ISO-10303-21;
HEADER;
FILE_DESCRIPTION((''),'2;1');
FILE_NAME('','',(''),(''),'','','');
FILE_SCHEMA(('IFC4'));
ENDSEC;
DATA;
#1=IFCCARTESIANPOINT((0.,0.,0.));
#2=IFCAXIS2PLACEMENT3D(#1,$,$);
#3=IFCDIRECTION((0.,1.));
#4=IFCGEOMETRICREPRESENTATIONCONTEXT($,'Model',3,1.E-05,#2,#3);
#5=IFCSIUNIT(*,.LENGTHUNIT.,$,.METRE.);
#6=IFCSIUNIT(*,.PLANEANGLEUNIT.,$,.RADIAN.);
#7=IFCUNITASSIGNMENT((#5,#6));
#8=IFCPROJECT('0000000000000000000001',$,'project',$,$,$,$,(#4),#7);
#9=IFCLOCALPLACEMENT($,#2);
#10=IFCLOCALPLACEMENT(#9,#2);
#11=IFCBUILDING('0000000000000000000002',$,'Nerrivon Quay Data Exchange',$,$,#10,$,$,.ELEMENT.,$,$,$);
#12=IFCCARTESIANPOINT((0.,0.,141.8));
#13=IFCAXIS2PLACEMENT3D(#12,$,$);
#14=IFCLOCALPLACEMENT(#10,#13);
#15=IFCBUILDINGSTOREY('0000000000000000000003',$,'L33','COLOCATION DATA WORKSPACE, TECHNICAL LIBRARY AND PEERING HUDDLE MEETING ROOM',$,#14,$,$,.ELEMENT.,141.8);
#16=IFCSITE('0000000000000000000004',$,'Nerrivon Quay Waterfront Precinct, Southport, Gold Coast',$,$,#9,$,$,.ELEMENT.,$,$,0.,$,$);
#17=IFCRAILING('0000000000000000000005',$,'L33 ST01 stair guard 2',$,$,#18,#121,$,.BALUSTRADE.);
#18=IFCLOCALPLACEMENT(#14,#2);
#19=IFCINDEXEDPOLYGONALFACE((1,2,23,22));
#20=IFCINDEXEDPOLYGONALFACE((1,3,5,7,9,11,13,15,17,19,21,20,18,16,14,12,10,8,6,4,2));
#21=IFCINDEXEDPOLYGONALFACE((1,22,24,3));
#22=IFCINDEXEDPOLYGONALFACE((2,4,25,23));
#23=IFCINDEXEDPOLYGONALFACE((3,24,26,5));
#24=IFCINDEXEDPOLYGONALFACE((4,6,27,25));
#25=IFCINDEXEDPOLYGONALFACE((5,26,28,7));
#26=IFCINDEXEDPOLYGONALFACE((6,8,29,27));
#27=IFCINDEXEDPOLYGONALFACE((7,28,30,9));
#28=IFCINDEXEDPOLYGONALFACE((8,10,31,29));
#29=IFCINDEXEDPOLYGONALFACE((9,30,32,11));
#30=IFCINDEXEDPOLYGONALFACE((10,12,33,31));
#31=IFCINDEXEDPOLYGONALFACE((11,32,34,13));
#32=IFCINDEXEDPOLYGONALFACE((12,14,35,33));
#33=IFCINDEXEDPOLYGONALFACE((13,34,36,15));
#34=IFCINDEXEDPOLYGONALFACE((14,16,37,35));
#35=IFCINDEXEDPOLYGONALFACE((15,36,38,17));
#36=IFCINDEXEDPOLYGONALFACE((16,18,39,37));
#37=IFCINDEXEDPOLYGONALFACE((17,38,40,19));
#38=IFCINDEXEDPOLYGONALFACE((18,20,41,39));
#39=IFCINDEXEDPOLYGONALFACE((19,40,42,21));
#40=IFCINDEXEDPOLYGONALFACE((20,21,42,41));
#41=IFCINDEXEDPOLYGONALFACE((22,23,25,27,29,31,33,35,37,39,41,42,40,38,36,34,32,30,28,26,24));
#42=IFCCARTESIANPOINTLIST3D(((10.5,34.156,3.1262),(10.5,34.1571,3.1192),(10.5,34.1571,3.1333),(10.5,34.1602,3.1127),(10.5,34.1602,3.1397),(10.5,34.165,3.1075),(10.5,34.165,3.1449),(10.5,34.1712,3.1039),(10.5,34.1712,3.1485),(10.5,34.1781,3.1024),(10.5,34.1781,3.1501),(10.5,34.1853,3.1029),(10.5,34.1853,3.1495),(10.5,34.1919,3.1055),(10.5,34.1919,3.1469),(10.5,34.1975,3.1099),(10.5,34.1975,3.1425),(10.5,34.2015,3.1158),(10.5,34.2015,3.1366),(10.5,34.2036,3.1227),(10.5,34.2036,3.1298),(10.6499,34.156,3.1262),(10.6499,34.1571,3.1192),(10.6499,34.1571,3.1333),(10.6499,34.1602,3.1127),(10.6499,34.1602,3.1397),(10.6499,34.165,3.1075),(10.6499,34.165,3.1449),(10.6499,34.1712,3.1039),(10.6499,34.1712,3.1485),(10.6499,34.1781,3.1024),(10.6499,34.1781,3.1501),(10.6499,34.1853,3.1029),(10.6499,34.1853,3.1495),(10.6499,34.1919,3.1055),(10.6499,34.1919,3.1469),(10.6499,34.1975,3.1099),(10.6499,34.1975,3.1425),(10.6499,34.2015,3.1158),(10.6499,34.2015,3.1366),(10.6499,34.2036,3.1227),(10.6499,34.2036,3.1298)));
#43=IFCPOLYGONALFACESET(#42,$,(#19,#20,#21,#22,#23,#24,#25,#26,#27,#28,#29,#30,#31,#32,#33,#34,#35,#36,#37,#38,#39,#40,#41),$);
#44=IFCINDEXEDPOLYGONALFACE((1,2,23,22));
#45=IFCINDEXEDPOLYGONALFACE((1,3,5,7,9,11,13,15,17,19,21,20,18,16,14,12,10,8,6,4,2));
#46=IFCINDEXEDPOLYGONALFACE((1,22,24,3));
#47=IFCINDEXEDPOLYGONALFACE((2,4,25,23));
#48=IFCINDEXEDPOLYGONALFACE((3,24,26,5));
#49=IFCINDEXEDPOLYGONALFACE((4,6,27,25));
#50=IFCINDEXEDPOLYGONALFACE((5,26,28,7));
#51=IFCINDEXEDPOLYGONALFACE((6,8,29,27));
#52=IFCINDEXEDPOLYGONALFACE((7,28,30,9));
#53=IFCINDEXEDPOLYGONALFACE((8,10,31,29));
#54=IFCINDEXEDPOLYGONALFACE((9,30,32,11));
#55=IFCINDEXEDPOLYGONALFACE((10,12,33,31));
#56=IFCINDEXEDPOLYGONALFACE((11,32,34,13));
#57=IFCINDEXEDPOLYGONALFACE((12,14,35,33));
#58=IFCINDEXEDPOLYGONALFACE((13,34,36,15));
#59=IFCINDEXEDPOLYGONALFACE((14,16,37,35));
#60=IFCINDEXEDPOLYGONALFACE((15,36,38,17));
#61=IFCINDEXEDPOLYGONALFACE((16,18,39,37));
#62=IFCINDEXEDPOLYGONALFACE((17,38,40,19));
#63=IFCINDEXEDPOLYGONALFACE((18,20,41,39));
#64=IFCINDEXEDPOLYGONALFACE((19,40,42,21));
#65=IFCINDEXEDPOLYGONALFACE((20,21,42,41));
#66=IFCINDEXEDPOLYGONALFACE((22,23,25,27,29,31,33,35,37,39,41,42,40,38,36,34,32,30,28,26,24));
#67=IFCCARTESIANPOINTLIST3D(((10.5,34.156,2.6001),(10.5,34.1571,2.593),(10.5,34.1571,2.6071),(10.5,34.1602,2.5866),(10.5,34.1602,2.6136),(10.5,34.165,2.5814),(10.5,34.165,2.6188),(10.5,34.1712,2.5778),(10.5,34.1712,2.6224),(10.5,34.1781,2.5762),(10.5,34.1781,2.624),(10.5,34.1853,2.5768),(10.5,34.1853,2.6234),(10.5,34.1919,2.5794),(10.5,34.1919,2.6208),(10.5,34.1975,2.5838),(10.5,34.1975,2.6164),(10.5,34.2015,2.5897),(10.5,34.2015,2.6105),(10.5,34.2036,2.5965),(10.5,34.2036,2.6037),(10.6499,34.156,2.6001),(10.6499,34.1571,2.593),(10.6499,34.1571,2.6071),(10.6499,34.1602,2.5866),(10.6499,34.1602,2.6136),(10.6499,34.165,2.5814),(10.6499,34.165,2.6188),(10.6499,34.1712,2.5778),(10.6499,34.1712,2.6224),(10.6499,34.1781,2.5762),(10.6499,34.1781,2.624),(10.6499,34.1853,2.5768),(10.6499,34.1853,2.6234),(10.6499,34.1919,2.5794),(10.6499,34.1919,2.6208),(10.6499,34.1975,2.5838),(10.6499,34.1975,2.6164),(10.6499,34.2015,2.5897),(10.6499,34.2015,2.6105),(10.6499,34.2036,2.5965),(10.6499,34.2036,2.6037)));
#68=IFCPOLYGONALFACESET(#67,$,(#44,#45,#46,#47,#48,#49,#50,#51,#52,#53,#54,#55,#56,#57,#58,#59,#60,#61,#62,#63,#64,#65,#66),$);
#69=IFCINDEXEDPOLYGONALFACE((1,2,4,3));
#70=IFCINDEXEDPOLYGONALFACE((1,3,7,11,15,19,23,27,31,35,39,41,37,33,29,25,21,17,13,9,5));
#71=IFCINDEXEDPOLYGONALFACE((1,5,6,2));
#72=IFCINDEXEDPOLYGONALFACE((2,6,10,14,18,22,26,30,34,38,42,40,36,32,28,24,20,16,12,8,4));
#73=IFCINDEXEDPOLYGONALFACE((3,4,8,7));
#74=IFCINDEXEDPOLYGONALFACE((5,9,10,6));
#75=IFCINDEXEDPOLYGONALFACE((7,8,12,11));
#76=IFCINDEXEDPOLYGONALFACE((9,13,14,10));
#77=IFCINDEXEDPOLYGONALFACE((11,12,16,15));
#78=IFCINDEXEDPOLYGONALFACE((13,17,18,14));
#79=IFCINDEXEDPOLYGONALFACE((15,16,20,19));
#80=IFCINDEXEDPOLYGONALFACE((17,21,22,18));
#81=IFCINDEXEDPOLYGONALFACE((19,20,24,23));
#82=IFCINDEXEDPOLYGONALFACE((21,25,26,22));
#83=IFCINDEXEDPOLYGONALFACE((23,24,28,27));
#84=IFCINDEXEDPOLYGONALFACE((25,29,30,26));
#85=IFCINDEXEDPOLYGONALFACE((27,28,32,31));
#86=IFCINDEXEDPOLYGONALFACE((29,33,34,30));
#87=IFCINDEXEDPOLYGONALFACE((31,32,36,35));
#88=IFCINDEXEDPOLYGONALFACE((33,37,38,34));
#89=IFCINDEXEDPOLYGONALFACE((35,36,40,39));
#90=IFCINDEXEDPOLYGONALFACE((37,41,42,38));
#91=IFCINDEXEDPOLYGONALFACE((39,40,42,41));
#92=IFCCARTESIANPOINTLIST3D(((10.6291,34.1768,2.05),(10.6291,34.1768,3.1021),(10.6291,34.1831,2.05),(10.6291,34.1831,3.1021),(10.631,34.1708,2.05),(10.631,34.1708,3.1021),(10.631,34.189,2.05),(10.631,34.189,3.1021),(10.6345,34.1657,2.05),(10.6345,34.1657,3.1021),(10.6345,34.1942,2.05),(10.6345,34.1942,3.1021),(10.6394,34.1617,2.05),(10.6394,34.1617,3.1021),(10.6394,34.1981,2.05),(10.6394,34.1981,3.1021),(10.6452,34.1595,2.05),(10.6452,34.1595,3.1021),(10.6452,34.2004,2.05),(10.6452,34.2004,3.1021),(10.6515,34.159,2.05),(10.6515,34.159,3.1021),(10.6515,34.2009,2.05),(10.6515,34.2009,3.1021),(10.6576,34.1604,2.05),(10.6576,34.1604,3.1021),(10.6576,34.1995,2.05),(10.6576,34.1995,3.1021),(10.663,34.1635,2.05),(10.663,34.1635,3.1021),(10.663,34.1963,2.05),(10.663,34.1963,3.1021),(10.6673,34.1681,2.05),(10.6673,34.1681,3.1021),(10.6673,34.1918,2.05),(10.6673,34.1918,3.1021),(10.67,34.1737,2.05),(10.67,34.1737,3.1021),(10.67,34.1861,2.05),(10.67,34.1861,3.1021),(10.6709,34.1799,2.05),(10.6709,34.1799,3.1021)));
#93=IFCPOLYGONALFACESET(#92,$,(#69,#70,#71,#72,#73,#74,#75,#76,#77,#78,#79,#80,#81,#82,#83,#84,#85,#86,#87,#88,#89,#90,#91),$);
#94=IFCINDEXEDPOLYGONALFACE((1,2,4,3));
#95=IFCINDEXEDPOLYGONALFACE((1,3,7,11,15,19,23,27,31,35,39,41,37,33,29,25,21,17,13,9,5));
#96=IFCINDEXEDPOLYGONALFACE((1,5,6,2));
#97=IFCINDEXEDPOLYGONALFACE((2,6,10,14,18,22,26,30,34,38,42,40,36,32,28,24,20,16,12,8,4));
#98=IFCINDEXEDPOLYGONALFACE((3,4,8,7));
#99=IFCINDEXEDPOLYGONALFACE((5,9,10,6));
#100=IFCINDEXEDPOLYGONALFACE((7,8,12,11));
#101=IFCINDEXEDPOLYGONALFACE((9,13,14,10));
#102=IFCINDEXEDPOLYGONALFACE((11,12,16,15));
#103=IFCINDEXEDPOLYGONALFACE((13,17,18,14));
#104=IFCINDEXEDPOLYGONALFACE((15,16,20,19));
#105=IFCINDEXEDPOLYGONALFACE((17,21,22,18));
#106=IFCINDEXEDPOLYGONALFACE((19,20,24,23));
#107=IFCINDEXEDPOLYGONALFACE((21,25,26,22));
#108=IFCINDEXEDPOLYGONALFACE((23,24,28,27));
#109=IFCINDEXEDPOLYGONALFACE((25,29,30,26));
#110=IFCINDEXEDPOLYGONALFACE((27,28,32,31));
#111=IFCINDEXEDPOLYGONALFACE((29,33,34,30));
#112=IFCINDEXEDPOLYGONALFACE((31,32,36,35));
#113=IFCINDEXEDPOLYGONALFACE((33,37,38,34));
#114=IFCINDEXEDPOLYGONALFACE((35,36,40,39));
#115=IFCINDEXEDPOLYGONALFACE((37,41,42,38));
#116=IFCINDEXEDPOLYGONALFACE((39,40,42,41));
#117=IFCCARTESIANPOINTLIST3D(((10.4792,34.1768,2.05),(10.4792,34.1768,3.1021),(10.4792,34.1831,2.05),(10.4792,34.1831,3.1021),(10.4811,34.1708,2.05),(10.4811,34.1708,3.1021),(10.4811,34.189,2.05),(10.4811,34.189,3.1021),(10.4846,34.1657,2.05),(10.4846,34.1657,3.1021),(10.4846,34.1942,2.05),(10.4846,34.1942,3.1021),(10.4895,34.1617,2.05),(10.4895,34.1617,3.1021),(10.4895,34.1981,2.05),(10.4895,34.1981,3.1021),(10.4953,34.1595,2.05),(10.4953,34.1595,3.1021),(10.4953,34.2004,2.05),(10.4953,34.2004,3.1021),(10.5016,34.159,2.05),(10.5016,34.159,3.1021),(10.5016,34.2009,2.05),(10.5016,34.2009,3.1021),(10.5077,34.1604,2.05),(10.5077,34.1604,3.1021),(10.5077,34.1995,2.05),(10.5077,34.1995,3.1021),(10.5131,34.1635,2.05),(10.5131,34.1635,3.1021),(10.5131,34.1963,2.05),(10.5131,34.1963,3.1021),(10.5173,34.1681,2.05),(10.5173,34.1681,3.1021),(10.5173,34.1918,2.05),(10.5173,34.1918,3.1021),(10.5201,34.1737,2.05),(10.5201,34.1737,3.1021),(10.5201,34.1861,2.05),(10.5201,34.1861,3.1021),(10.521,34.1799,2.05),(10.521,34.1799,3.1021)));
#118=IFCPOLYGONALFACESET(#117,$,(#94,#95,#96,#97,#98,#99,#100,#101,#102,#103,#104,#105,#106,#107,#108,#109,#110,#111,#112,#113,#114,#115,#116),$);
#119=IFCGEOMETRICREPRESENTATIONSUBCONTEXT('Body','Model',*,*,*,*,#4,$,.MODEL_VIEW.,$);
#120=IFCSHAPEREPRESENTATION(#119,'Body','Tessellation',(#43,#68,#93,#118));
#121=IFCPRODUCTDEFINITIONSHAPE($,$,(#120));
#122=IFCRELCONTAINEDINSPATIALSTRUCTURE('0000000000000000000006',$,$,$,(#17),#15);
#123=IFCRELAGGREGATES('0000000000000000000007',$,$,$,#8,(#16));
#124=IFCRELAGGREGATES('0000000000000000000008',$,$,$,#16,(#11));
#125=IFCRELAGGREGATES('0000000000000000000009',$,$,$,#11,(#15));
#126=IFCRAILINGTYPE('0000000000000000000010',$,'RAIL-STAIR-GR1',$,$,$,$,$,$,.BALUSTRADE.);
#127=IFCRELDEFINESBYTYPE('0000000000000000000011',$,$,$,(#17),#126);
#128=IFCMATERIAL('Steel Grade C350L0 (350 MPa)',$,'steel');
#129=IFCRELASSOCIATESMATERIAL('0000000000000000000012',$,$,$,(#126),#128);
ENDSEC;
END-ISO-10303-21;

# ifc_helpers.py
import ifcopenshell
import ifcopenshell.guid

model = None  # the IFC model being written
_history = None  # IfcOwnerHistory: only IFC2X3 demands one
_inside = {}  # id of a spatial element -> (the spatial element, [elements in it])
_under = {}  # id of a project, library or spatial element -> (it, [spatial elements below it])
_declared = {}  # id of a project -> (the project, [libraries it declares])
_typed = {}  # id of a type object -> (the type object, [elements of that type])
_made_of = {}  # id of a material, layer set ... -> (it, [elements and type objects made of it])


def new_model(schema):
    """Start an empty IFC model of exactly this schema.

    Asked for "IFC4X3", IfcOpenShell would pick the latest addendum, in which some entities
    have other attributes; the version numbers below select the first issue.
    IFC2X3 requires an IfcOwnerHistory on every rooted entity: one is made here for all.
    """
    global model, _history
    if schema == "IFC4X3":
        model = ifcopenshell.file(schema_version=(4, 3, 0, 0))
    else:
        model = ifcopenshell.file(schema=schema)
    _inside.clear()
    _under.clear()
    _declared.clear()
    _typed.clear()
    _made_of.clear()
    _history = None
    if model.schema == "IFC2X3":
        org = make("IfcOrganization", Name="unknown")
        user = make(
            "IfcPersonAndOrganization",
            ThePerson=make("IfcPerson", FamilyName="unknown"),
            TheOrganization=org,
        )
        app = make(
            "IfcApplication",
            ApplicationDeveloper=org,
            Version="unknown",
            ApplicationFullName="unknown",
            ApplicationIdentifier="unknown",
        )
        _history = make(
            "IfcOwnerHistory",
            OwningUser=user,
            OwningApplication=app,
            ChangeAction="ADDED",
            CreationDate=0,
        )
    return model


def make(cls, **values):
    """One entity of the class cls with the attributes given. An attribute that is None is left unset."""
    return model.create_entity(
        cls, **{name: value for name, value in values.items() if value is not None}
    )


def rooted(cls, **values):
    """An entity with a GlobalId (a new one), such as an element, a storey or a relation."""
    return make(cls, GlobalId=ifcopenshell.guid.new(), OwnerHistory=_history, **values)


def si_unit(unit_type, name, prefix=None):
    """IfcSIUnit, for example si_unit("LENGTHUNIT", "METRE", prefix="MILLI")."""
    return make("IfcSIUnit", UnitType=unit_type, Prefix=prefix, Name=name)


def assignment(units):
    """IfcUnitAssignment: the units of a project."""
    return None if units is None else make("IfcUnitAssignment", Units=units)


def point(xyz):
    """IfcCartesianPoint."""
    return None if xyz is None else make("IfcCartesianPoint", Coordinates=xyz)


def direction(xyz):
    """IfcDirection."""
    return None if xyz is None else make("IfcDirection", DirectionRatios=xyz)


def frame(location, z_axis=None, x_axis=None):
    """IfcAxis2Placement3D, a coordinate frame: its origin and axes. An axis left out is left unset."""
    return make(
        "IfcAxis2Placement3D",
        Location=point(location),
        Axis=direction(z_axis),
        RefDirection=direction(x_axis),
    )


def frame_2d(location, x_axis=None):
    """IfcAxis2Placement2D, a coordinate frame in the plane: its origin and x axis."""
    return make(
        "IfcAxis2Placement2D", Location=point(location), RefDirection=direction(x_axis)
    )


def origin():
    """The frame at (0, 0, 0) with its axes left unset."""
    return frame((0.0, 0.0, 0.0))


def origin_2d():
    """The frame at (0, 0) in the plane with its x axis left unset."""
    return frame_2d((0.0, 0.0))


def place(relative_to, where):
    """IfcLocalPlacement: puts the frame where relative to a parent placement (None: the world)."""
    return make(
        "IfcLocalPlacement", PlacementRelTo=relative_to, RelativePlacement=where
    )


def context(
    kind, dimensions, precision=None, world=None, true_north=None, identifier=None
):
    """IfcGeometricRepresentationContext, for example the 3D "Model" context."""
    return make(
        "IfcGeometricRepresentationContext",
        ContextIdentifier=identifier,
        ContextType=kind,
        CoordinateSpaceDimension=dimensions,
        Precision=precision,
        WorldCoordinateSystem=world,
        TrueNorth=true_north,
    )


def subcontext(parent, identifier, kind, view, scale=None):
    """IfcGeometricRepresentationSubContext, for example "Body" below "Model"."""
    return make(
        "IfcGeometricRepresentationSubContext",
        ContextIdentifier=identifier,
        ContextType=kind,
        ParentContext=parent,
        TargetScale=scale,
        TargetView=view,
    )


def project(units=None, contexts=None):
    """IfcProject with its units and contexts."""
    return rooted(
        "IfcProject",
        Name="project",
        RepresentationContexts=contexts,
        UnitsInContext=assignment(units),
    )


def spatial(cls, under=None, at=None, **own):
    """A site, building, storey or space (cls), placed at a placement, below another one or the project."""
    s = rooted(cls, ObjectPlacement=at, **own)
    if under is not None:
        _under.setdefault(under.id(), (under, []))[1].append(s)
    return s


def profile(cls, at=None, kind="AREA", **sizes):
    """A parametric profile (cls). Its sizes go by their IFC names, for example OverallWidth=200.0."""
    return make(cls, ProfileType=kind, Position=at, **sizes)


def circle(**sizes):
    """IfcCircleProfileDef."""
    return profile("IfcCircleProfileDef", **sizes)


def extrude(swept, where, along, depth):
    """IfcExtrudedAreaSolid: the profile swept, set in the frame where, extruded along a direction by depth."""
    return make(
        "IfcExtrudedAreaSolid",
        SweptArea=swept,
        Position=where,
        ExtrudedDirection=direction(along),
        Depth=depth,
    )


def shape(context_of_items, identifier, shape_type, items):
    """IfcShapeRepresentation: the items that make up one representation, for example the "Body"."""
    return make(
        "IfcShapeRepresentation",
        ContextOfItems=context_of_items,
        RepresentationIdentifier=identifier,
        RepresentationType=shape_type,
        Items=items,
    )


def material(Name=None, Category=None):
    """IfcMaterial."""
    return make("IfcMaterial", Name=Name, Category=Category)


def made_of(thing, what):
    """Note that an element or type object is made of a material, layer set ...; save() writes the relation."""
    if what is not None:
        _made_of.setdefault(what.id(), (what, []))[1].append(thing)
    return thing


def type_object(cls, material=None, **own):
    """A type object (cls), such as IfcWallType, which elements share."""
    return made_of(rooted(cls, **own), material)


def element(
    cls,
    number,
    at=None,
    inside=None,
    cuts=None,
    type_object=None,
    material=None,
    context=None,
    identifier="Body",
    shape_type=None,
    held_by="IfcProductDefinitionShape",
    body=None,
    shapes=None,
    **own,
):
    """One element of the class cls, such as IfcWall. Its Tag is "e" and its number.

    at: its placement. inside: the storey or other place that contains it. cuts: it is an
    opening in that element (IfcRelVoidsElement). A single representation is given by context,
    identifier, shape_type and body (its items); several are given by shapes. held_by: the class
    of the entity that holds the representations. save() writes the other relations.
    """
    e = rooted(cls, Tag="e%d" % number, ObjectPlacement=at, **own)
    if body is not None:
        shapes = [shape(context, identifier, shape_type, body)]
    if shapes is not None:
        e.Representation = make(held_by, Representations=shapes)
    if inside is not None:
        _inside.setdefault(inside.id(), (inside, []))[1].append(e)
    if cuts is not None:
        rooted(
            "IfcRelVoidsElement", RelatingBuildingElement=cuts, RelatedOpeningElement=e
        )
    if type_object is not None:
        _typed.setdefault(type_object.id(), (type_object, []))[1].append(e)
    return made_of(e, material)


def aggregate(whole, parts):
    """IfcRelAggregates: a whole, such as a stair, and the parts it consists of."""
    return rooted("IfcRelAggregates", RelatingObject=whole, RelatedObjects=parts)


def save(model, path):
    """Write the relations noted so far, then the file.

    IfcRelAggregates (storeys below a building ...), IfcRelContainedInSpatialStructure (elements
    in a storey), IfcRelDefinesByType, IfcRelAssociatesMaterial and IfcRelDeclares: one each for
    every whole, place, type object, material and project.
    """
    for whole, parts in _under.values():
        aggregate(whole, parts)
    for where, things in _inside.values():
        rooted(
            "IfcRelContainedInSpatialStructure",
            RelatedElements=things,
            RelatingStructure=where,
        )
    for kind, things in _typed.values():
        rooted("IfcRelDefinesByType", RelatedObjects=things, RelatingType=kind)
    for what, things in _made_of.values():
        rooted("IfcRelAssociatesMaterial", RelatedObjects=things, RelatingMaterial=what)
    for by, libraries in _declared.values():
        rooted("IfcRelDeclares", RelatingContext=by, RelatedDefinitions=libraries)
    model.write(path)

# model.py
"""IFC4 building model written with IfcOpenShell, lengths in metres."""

from ifc_helpers import new_model, si_unit, direction, frame, origin, origin_2d, place, context, subcontext, project, spatial, circle, extrude, material, type_object, element, save


model = new_model("IFC4")

# Units and contexts
model_context = context("Model", 3, precision=1e-05, world=origin(), true_north=direction((0.0, 1.0)))
body_context = subcontext(model_context, "Body", "Model", "MODEL_VIEW")
ifc_project = project(units=[si_unit("LENGTHUNIT", "METRE"), si_unit("PLANEANGLEUNIT", "RADIAN")], contexts=[model_context])

# Site, building, storey
site_placement = place(None, origin())
site = spatial("IfcSite", under=ifc_project, at=site_placement, Name="Nerrivon Quay Waterfront Precinct, Southport, Gold Coast", CompositionType="ELEMENT", RefElevation=0.0)
building_placement = place(site_placement, origin())
building = spatial("IfcBuilding", under=site, at=building_placement, Name="Nerrivon Quay Data Exchange", CompositionType="ELEMENT")
storey_placement = place(building_placement, frame((0.0, 0.0, 141.8)))
storey = spatial("IfcBuildingStorey", under=building, at=storey_placement, Name="L33", Description="COLOCATION DATA WORKSPACE, TECHNICAL LIBRARY AND PEERING HUDDLE MEETING ROOM", CompositionType="ELEMENT", Elevation=141.8)

# Railing
ifc_material_1 = material(Name="Steel Grade C350L0 (350 MPa)", Category="steel")
railing_type_1 = type_object("IfcRailingType", Name="RAIL-STAIR-GR1", PredefinedType="BALUSTRADE", material=ifc_material_1)
railing_1_placement = place(storey_placement, frame((10.6499, 34.1799, 2.05)))
element("IfcRailing", 1, at=railing_1_placement, inside=storey, type_object=railing_type_1, Name="L33 ST01 stair guard 2", PredefinedType="BALUSTRADE", context=body_context, shape_type="SweptSolid", body=[
    extrude(circle(Radius=0.0239, at=origin_2d()), frame((0.0, 0.0, 1.0762), z_axis=(-1.0, 0.0, 0.0), x_axis=(0.0, -1.0, 0.0)), (0.0, 0.0, 1.0), 0.1499),
    extrude(circle(Radius=0.0239, at=origin_2d()), frame((0.0, 0.0, 0.55), z_axis=(-1.0, 0.0, 0.0), x_axis=(0.0, -1.0, 0.0)), (0.0, 0.0, 1.0), 0.1499),
    extrude(circle(Radius=0.021, at=origin_2d()), origin(), (0.0, 0.0, 1.0), 1.052),
    extrude(circle(Radius=0.021, at=origin_2d()), frame((-0.1499, 0.0, 0.0)), (0.0, 0.0, 1.0), 1.052),
])

save(model, "model.ifc")
